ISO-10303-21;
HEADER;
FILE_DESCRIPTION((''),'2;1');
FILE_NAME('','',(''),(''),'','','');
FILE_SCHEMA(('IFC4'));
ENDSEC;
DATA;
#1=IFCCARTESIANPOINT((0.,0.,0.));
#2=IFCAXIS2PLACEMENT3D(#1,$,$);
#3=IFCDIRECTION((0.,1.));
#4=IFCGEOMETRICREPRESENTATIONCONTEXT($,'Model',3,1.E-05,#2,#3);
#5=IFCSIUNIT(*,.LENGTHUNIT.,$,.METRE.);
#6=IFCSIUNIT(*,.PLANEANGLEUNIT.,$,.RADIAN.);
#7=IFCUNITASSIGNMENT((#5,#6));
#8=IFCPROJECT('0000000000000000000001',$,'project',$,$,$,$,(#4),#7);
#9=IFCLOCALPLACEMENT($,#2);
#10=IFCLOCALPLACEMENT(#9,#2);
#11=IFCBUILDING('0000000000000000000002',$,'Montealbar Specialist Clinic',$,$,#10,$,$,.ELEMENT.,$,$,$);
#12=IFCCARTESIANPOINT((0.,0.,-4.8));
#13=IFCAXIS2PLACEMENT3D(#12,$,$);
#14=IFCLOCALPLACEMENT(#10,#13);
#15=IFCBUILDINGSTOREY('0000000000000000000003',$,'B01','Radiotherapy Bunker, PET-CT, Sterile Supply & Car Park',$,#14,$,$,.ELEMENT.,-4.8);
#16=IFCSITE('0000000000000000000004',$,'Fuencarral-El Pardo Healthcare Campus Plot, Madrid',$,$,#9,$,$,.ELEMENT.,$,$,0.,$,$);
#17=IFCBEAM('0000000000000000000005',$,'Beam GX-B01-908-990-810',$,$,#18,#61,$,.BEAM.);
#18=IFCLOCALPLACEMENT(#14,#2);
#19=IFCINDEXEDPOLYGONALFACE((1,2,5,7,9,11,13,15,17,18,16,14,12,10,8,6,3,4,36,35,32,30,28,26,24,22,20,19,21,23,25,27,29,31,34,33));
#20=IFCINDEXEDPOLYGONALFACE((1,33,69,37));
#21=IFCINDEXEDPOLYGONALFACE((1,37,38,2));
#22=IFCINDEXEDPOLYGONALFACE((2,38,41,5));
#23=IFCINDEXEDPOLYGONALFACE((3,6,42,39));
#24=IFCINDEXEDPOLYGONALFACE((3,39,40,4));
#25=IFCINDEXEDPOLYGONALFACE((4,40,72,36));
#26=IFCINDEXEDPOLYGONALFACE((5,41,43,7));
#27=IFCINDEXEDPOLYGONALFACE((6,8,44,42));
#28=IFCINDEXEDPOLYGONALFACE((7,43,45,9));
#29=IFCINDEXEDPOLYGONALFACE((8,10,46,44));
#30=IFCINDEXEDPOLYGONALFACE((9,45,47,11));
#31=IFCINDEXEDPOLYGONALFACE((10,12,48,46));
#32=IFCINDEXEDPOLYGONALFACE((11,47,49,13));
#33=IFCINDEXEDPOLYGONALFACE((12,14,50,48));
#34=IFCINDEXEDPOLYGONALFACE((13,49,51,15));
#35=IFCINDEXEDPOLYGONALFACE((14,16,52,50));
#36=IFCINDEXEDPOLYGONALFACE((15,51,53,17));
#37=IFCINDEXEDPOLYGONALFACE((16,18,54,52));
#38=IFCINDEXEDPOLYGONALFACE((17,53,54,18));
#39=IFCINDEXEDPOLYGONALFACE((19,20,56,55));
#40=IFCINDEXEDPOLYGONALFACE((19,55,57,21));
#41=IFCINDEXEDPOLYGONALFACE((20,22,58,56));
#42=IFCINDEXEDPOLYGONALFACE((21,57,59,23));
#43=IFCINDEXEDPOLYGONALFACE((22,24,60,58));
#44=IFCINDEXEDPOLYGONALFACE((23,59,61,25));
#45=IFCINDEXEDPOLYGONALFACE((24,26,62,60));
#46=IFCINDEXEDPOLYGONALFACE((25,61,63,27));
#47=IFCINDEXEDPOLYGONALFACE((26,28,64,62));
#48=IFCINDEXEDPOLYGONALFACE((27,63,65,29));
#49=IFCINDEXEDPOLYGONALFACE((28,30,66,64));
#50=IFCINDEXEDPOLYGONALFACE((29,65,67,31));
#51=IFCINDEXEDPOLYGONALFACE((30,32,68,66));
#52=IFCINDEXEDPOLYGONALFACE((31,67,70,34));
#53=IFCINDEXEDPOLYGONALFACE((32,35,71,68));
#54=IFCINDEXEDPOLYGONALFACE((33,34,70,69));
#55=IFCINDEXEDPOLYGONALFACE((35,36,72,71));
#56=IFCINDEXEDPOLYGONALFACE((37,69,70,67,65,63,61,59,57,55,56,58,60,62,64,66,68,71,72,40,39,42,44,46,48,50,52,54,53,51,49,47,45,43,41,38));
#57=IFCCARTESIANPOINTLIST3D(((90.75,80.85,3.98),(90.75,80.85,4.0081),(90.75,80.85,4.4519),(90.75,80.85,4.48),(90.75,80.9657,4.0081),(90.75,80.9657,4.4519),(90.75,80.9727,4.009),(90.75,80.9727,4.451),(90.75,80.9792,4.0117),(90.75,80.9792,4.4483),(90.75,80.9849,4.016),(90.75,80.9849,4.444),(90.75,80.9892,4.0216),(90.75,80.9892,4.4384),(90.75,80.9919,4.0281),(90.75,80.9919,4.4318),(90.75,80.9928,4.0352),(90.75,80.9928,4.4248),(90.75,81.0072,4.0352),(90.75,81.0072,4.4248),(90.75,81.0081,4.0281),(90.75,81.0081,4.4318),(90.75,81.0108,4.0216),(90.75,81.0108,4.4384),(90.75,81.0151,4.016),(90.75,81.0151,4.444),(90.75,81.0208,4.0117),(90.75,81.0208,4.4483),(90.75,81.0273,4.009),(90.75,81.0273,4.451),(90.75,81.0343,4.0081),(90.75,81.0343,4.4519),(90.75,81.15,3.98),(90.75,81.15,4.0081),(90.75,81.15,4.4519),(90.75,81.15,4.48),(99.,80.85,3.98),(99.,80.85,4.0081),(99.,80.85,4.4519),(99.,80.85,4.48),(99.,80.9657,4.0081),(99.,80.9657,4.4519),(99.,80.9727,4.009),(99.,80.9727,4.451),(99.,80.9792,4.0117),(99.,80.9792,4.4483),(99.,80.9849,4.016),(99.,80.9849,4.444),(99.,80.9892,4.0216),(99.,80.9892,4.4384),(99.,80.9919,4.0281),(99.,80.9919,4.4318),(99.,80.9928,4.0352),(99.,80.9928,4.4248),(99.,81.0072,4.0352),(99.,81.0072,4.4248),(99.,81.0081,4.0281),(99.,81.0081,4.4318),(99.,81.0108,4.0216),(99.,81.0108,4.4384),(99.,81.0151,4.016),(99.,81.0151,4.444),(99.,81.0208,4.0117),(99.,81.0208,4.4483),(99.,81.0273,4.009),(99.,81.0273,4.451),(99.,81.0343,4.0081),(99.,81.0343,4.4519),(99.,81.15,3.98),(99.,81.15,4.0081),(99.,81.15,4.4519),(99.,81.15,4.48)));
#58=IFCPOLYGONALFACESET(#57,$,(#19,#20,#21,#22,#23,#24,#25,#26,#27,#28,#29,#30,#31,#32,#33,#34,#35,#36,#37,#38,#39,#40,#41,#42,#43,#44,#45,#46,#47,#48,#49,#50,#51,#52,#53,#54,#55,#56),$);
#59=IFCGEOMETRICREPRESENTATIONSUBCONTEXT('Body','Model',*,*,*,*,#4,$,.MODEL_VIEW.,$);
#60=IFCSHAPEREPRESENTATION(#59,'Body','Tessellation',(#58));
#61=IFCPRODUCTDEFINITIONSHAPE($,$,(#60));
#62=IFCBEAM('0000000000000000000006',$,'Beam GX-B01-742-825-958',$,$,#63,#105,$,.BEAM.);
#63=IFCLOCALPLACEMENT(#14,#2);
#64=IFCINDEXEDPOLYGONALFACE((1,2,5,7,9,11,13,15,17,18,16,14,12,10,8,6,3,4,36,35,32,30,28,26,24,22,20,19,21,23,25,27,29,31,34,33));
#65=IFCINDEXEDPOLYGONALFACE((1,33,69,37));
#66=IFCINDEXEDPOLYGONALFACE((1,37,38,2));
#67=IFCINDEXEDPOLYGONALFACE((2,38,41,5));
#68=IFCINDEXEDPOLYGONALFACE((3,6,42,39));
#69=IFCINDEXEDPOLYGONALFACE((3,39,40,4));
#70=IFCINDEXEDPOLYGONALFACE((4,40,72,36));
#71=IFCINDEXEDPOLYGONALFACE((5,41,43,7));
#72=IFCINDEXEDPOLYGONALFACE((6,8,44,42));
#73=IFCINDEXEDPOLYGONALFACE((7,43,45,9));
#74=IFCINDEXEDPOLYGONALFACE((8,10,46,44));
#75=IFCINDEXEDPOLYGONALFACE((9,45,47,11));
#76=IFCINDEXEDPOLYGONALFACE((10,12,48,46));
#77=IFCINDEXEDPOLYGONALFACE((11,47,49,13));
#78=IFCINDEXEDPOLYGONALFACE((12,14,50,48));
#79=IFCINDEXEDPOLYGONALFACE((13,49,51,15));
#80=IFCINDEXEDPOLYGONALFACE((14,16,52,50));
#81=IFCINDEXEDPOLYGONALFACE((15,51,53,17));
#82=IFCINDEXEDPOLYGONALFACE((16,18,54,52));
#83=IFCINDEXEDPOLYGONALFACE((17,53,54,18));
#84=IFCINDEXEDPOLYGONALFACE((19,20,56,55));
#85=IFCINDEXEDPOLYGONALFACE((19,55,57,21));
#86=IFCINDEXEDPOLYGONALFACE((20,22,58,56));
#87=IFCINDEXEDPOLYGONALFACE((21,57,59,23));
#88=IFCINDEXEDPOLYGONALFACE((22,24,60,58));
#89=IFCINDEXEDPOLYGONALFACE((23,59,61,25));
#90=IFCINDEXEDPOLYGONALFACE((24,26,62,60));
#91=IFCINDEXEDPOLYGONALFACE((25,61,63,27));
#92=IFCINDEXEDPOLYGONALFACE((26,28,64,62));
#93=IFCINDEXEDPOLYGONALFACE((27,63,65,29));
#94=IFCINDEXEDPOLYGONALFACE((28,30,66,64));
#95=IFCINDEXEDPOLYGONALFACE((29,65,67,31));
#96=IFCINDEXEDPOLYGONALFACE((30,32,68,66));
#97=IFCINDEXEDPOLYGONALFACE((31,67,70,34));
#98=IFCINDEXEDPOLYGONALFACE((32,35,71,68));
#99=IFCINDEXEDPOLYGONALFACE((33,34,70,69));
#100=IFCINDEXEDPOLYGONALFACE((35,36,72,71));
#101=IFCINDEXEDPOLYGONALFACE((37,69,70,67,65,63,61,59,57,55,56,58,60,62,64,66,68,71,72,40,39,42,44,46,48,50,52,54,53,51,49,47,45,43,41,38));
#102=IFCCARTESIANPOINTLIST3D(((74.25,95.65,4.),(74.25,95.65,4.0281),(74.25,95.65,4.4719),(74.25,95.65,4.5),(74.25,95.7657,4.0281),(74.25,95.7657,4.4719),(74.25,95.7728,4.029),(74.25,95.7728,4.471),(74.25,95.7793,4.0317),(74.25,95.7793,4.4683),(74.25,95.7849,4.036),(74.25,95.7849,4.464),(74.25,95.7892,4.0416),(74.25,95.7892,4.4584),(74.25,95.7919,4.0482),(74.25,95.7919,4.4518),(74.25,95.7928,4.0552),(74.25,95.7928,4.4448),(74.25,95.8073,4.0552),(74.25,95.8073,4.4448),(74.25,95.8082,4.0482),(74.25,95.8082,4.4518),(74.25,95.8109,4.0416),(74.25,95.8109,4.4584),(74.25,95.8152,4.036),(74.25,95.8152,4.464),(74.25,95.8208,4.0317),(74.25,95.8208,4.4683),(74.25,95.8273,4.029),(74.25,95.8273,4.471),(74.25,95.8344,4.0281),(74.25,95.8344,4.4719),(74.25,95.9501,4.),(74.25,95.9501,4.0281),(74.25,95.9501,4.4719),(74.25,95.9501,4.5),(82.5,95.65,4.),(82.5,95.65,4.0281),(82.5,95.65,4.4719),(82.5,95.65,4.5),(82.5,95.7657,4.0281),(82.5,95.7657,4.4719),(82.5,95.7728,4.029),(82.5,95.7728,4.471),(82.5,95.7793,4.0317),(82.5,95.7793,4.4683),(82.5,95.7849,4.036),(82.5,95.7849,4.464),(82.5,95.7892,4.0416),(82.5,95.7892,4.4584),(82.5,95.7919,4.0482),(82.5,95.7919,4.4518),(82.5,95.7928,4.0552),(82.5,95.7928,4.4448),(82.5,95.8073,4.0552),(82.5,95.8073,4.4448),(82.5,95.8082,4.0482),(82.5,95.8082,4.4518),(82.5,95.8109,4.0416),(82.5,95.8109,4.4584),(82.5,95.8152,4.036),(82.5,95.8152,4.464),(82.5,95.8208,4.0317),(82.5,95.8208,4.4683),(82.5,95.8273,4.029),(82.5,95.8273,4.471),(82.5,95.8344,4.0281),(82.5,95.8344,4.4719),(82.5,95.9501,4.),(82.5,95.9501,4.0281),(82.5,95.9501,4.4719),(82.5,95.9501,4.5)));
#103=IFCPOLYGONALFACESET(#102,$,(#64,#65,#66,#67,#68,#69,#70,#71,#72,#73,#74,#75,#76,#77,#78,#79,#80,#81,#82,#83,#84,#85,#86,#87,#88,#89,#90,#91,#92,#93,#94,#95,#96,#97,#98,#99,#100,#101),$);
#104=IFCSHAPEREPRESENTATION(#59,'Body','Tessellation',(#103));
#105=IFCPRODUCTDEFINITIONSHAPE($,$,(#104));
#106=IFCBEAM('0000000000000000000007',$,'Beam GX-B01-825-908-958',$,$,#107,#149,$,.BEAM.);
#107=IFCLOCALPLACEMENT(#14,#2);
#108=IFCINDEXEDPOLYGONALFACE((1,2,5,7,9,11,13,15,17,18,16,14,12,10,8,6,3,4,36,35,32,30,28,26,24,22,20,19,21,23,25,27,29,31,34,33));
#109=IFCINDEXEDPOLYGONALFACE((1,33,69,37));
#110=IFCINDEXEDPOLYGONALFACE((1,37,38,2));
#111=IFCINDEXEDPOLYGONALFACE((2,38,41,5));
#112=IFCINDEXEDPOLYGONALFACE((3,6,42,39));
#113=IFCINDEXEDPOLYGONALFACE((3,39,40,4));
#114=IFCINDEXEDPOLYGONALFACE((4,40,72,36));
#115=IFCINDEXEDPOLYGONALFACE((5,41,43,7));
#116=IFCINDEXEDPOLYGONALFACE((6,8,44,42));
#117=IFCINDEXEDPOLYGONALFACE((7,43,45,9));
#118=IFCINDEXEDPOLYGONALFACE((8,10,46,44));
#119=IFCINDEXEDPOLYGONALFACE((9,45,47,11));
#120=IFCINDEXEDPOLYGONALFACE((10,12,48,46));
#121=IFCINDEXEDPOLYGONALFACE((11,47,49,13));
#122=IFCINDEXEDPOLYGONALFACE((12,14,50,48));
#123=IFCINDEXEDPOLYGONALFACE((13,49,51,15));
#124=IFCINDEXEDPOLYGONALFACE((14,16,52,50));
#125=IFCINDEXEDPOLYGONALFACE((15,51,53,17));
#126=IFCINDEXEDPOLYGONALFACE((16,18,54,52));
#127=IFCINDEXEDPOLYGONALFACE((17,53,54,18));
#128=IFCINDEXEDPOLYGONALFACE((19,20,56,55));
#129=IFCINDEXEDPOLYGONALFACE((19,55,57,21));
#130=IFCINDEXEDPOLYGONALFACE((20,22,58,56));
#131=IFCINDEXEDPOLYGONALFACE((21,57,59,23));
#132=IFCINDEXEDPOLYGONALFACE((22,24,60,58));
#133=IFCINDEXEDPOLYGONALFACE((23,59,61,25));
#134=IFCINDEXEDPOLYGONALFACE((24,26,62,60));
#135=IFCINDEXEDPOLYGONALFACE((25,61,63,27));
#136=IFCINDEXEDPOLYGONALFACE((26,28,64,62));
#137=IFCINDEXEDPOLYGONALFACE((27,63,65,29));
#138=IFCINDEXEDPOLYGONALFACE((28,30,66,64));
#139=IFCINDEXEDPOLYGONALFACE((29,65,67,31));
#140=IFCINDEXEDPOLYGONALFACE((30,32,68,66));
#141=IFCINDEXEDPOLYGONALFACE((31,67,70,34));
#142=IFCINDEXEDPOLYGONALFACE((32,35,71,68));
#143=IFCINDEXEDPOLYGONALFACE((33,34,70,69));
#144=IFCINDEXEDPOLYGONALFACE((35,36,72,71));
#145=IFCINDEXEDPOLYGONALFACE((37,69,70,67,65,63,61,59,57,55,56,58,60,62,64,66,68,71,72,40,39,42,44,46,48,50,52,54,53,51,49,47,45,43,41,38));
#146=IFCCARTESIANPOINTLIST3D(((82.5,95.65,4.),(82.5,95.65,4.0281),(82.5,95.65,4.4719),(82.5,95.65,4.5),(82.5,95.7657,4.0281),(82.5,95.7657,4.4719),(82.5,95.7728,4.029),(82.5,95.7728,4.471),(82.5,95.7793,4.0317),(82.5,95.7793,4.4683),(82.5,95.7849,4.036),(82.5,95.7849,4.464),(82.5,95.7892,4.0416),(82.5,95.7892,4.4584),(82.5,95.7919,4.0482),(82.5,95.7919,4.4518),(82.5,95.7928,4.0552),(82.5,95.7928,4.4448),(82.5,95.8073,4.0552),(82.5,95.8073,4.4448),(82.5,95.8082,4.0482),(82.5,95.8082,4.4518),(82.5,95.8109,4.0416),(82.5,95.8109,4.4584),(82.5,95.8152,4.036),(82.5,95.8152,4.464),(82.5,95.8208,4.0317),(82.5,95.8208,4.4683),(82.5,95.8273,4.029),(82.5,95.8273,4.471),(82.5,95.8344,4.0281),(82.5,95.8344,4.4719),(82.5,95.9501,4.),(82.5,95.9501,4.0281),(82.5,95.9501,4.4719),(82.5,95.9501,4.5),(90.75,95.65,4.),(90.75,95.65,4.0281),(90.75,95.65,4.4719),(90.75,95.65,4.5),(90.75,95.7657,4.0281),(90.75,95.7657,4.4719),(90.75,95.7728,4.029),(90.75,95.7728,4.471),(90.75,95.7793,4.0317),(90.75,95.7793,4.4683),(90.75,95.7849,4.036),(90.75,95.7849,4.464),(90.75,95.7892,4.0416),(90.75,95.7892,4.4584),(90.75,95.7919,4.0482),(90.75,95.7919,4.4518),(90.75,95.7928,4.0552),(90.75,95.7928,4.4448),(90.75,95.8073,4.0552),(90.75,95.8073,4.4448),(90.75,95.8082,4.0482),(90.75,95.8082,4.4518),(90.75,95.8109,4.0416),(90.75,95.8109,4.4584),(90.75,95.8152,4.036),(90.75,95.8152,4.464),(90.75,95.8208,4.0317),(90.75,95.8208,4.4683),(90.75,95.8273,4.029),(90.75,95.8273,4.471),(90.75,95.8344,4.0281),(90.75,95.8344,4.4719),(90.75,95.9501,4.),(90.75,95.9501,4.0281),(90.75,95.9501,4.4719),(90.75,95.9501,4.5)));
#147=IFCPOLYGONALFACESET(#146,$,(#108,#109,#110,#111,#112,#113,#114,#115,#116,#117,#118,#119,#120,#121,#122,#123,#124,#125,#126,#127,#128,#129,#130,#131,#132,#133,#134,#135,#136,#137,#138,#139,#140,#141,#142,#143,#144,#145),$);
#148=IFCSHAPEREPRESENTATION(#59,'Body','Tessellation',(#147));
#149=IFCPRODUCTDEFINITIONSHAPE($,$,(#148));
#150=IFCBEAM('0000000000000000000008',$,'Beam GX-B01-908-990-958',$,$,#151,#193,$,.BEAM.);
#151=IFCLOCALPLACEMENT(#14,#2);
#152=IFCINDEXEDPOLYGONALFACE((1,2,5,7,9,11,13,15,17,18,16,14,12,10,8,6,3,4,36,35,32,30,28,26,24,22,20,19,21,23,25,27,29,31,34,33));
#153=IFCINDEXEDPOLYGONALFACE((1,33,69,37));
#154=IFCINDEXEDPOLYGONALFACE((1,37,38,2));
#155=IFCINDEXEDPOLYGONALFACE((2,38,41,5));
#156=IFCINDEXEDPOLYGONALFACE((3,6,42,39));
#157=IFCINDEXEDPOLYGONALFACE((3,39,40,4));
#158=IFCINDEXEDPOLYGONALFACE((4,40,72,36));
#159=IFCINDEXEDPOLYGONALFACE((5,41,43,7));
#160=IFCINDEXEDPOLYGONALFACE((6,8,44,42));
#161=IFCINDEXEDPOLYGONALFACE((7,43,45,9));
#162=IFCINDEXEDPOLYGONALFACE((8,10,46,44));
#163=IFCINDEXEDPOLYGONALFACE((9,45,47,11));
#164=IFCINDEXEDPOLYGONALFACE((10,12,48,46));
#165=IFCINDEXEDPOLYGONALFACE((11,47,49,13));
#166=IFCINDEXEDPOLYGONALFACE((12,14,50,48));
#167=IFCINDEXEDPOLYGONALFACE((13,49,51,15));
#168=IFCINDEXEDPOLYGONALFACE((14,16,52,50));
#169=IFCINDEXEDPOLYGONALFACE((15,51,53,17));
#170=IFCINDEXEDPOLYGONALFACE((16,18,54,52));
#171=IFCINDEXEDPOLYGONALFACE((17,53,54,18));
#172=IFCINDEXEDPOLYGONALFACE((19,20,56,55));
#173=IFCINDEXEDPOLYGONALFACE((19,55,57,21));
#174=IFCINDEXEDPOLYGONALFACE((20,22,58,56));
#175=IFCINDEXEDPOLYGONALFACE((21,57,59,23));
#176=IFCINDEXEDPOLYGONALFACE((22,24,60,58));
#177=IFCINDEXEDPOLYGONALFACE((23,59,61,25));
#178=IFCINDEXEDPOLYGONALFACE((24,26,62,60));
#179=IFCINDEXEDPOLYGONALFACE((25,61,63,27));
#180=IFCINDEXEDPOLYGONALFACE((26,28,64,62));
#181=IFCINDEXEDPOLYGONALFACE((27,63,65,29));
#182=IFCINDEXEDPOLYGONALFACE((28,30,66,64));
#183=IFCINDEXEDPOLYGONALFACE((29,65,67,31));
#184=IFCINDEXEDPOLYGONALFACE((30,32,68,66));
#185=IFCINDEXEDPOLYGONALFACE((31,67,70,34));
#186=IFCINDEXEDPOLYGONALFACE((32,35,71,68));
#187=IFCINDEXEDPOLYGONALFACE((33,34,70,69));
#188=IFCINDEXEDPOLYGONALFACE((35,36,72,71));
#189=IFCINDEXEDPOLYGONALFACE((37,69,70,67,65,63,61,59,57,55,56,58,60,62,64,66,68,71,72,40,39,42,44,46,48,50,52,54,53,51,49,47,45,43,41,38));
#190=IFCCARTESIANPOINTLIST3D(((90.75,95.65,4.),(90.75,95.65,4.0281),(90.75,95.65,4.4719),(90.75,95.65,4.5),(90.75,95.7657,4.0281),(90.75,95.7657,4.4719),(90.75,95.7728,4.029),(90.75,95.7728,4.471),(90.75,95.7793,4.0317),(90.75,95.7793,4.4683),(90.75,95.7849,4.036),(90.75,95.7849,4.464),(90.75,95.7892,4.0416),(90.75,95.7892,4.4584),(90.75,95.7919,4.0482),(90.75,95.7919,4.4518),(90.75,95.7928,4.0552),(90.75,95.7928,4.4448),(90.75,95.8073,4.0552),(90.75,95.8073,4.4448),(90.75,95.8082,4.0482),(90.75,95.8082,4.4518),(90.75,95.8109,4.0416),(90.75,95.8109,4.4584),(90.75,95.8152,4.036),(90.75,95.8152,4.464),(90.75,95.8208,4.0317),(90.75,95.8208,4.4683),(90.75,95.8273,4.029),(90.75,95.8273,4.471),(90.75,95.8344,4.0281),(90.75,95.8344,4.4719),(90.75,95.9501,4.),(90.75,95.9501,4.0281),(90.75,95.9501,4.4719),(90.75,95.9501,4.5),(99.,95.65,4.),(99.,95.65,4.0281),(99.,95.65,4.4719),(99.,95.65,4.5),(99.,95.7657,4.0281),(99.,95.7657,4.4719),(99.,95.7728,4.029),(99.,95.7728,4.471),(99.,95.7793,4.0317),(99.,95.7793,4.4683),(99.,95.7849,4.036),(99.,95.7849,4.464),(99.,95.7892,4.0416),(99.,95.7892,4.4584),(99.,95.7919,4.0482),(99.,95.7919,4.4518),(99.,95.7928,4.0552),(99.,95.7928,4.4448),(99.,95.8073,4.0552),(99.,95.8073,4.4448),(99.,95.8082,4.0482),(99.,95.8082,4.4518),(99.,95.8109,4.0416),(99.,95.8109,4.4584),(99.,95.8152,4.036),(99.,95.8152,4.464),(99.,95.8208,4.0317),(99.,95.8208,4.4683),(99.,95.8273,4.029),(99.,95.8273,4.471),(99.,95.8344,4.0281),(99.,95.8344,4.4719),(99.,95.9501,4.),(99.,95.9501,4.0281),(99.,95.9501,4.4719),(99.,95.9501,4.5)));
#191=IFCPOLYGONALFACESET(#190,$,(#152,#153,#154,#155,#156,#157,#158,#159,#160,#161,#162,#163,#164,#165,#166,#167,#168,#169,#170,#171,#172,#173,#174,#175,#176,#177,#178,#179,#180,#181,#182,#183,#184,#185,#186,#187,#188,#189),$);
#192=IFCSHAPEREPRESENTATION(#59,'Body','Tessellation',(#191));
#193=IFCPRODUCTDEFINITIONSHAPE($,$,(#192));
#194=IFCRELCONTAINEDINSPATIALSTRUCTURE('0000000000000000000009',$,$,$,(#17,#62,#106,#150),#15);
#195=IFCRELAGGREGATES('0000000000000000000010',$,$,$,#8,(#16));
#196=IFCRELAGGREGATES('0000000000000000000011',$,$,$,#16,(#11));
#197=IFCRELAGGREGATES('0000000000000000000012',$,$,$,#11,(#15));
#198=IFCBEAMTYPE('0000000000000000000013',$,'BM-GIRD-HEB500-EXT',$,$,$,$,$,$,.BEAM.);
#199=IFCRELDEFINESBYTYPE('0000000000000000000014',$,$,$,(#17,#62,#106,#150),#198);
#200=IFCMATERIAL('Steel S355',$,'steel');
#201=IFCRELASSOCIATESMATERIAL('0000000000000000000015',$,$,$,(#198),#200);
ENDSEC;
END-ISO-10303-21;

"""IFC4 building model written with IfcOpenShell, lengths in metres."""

from ifc_helpers import new_model, si_unit, direction, frame, origin, origin_2d, place, context, subcontext, project, spatial, i_section, extrude, material, material_profile, profile_set, type_object, element, save


model = new_model("IFC4")

# Units and contexts
model_context = context("Model", 3, precision=1e-05, world=origin(), true_north=direction((0.0, 1.0)))
body_context = subcontext(model_context, "Body", "Model", "MODEL_VIEW")
ifc_project = project(units=[si_unit("LENGTHUNIT", "METRE"), si_unit("PLANEANGLEUNIT", "RADIAN")], contexts=[model_context])

# Site, building, storey
site_placement = place(None, origin())
site = spatial("IfcSite", under=ifc_project, at=site_placement, Name="Fuencarral-El Pardo Healthcare Campus Plot, Madrid", CompositionType="ELEMENT", RefElevation=0.0)
building_placement = place(site_placement, origin())
building = spatial("IfcBuilding", under=site, at=building_placement, Name="Montealbar Specialist Clinic", CompositionType="ELEMENT")
storey_placement = place(building_placement, frame((0.0, 0.0, -4.8)))
storey = spatial("IfcBuildingStorey", under=building, at=storey_placement, Name="B01", Description="Radiotherapy Bunker, PET-CT, Sterile Supply & Car Park", CompositionType="ELEMENT", Elevation=-4.8)

# Shared definitions
ifc_material_1 = material(Name="Steel S355", Category="steel")

# Beams
ifc_material_profile_1 = material_profile(ifc_material_1, i_section(OverallWidth=0.3, OverallDepth=0.5, WebThickness=0.0144, FlangeThickness=0.0281, FilletRadius=0.0271, at=origin_2d()), Name="HEB 500", Category="steel")
ifc_profile_set_1 = profile_set([ifc_material_profile_1], Name="Steel S355")
beam_type_1 = type_object("IfcBeamType", Name="BM-GIRD-HEB500-EXT", PredefinedType="BEAM", material=ifc_profile_set_1)
for number, where, z_axis, x_axis, name in (
    (1, (90.75, 81.0, 4.23), (1.0, 0.0, 0.0), (0.0, 1.0, 0.0), "Beam GX-B01-908-990-810"),
    (2, (74.25, 95.8, 4.25), (1.0, 0.0, 0.0), (0.0, 1.0, 0.0), "Beam GX-B01-742-825-958"),
    (3, (82.5, 95.8, 4.25), (1.0, 0.0, 0.0), (0.0, 1.0, 0.0), "Beam GX-B01-825-908-958"),
    (4, (90.75, 95.8, 4.25), (1.0, 0.0, 0.0), (0.0, 1.0, 0.0), "Beam GX-B01-908-990-958"),
):
    element("IfcBeam", number, at=place(storey_placement, frame(where, z_axis=z_axis, x_axis=x_axis)), inside=storey, type_object=beam_type_1, Name=name, PredefinedType="BEAM", context=body_context, shape_type="SweptSolid", body=[
        extrude(i_section(OverallWidth=0.3, OverallDepth=0.5, WebThickness=0.0144, FlangeThickness=0.0281, FilletRadius=0.0271, at=origin_2d()), origin(), (0.0, 0.0, 1.0), 8.25),
    ])

save(model, "model.ifc")
